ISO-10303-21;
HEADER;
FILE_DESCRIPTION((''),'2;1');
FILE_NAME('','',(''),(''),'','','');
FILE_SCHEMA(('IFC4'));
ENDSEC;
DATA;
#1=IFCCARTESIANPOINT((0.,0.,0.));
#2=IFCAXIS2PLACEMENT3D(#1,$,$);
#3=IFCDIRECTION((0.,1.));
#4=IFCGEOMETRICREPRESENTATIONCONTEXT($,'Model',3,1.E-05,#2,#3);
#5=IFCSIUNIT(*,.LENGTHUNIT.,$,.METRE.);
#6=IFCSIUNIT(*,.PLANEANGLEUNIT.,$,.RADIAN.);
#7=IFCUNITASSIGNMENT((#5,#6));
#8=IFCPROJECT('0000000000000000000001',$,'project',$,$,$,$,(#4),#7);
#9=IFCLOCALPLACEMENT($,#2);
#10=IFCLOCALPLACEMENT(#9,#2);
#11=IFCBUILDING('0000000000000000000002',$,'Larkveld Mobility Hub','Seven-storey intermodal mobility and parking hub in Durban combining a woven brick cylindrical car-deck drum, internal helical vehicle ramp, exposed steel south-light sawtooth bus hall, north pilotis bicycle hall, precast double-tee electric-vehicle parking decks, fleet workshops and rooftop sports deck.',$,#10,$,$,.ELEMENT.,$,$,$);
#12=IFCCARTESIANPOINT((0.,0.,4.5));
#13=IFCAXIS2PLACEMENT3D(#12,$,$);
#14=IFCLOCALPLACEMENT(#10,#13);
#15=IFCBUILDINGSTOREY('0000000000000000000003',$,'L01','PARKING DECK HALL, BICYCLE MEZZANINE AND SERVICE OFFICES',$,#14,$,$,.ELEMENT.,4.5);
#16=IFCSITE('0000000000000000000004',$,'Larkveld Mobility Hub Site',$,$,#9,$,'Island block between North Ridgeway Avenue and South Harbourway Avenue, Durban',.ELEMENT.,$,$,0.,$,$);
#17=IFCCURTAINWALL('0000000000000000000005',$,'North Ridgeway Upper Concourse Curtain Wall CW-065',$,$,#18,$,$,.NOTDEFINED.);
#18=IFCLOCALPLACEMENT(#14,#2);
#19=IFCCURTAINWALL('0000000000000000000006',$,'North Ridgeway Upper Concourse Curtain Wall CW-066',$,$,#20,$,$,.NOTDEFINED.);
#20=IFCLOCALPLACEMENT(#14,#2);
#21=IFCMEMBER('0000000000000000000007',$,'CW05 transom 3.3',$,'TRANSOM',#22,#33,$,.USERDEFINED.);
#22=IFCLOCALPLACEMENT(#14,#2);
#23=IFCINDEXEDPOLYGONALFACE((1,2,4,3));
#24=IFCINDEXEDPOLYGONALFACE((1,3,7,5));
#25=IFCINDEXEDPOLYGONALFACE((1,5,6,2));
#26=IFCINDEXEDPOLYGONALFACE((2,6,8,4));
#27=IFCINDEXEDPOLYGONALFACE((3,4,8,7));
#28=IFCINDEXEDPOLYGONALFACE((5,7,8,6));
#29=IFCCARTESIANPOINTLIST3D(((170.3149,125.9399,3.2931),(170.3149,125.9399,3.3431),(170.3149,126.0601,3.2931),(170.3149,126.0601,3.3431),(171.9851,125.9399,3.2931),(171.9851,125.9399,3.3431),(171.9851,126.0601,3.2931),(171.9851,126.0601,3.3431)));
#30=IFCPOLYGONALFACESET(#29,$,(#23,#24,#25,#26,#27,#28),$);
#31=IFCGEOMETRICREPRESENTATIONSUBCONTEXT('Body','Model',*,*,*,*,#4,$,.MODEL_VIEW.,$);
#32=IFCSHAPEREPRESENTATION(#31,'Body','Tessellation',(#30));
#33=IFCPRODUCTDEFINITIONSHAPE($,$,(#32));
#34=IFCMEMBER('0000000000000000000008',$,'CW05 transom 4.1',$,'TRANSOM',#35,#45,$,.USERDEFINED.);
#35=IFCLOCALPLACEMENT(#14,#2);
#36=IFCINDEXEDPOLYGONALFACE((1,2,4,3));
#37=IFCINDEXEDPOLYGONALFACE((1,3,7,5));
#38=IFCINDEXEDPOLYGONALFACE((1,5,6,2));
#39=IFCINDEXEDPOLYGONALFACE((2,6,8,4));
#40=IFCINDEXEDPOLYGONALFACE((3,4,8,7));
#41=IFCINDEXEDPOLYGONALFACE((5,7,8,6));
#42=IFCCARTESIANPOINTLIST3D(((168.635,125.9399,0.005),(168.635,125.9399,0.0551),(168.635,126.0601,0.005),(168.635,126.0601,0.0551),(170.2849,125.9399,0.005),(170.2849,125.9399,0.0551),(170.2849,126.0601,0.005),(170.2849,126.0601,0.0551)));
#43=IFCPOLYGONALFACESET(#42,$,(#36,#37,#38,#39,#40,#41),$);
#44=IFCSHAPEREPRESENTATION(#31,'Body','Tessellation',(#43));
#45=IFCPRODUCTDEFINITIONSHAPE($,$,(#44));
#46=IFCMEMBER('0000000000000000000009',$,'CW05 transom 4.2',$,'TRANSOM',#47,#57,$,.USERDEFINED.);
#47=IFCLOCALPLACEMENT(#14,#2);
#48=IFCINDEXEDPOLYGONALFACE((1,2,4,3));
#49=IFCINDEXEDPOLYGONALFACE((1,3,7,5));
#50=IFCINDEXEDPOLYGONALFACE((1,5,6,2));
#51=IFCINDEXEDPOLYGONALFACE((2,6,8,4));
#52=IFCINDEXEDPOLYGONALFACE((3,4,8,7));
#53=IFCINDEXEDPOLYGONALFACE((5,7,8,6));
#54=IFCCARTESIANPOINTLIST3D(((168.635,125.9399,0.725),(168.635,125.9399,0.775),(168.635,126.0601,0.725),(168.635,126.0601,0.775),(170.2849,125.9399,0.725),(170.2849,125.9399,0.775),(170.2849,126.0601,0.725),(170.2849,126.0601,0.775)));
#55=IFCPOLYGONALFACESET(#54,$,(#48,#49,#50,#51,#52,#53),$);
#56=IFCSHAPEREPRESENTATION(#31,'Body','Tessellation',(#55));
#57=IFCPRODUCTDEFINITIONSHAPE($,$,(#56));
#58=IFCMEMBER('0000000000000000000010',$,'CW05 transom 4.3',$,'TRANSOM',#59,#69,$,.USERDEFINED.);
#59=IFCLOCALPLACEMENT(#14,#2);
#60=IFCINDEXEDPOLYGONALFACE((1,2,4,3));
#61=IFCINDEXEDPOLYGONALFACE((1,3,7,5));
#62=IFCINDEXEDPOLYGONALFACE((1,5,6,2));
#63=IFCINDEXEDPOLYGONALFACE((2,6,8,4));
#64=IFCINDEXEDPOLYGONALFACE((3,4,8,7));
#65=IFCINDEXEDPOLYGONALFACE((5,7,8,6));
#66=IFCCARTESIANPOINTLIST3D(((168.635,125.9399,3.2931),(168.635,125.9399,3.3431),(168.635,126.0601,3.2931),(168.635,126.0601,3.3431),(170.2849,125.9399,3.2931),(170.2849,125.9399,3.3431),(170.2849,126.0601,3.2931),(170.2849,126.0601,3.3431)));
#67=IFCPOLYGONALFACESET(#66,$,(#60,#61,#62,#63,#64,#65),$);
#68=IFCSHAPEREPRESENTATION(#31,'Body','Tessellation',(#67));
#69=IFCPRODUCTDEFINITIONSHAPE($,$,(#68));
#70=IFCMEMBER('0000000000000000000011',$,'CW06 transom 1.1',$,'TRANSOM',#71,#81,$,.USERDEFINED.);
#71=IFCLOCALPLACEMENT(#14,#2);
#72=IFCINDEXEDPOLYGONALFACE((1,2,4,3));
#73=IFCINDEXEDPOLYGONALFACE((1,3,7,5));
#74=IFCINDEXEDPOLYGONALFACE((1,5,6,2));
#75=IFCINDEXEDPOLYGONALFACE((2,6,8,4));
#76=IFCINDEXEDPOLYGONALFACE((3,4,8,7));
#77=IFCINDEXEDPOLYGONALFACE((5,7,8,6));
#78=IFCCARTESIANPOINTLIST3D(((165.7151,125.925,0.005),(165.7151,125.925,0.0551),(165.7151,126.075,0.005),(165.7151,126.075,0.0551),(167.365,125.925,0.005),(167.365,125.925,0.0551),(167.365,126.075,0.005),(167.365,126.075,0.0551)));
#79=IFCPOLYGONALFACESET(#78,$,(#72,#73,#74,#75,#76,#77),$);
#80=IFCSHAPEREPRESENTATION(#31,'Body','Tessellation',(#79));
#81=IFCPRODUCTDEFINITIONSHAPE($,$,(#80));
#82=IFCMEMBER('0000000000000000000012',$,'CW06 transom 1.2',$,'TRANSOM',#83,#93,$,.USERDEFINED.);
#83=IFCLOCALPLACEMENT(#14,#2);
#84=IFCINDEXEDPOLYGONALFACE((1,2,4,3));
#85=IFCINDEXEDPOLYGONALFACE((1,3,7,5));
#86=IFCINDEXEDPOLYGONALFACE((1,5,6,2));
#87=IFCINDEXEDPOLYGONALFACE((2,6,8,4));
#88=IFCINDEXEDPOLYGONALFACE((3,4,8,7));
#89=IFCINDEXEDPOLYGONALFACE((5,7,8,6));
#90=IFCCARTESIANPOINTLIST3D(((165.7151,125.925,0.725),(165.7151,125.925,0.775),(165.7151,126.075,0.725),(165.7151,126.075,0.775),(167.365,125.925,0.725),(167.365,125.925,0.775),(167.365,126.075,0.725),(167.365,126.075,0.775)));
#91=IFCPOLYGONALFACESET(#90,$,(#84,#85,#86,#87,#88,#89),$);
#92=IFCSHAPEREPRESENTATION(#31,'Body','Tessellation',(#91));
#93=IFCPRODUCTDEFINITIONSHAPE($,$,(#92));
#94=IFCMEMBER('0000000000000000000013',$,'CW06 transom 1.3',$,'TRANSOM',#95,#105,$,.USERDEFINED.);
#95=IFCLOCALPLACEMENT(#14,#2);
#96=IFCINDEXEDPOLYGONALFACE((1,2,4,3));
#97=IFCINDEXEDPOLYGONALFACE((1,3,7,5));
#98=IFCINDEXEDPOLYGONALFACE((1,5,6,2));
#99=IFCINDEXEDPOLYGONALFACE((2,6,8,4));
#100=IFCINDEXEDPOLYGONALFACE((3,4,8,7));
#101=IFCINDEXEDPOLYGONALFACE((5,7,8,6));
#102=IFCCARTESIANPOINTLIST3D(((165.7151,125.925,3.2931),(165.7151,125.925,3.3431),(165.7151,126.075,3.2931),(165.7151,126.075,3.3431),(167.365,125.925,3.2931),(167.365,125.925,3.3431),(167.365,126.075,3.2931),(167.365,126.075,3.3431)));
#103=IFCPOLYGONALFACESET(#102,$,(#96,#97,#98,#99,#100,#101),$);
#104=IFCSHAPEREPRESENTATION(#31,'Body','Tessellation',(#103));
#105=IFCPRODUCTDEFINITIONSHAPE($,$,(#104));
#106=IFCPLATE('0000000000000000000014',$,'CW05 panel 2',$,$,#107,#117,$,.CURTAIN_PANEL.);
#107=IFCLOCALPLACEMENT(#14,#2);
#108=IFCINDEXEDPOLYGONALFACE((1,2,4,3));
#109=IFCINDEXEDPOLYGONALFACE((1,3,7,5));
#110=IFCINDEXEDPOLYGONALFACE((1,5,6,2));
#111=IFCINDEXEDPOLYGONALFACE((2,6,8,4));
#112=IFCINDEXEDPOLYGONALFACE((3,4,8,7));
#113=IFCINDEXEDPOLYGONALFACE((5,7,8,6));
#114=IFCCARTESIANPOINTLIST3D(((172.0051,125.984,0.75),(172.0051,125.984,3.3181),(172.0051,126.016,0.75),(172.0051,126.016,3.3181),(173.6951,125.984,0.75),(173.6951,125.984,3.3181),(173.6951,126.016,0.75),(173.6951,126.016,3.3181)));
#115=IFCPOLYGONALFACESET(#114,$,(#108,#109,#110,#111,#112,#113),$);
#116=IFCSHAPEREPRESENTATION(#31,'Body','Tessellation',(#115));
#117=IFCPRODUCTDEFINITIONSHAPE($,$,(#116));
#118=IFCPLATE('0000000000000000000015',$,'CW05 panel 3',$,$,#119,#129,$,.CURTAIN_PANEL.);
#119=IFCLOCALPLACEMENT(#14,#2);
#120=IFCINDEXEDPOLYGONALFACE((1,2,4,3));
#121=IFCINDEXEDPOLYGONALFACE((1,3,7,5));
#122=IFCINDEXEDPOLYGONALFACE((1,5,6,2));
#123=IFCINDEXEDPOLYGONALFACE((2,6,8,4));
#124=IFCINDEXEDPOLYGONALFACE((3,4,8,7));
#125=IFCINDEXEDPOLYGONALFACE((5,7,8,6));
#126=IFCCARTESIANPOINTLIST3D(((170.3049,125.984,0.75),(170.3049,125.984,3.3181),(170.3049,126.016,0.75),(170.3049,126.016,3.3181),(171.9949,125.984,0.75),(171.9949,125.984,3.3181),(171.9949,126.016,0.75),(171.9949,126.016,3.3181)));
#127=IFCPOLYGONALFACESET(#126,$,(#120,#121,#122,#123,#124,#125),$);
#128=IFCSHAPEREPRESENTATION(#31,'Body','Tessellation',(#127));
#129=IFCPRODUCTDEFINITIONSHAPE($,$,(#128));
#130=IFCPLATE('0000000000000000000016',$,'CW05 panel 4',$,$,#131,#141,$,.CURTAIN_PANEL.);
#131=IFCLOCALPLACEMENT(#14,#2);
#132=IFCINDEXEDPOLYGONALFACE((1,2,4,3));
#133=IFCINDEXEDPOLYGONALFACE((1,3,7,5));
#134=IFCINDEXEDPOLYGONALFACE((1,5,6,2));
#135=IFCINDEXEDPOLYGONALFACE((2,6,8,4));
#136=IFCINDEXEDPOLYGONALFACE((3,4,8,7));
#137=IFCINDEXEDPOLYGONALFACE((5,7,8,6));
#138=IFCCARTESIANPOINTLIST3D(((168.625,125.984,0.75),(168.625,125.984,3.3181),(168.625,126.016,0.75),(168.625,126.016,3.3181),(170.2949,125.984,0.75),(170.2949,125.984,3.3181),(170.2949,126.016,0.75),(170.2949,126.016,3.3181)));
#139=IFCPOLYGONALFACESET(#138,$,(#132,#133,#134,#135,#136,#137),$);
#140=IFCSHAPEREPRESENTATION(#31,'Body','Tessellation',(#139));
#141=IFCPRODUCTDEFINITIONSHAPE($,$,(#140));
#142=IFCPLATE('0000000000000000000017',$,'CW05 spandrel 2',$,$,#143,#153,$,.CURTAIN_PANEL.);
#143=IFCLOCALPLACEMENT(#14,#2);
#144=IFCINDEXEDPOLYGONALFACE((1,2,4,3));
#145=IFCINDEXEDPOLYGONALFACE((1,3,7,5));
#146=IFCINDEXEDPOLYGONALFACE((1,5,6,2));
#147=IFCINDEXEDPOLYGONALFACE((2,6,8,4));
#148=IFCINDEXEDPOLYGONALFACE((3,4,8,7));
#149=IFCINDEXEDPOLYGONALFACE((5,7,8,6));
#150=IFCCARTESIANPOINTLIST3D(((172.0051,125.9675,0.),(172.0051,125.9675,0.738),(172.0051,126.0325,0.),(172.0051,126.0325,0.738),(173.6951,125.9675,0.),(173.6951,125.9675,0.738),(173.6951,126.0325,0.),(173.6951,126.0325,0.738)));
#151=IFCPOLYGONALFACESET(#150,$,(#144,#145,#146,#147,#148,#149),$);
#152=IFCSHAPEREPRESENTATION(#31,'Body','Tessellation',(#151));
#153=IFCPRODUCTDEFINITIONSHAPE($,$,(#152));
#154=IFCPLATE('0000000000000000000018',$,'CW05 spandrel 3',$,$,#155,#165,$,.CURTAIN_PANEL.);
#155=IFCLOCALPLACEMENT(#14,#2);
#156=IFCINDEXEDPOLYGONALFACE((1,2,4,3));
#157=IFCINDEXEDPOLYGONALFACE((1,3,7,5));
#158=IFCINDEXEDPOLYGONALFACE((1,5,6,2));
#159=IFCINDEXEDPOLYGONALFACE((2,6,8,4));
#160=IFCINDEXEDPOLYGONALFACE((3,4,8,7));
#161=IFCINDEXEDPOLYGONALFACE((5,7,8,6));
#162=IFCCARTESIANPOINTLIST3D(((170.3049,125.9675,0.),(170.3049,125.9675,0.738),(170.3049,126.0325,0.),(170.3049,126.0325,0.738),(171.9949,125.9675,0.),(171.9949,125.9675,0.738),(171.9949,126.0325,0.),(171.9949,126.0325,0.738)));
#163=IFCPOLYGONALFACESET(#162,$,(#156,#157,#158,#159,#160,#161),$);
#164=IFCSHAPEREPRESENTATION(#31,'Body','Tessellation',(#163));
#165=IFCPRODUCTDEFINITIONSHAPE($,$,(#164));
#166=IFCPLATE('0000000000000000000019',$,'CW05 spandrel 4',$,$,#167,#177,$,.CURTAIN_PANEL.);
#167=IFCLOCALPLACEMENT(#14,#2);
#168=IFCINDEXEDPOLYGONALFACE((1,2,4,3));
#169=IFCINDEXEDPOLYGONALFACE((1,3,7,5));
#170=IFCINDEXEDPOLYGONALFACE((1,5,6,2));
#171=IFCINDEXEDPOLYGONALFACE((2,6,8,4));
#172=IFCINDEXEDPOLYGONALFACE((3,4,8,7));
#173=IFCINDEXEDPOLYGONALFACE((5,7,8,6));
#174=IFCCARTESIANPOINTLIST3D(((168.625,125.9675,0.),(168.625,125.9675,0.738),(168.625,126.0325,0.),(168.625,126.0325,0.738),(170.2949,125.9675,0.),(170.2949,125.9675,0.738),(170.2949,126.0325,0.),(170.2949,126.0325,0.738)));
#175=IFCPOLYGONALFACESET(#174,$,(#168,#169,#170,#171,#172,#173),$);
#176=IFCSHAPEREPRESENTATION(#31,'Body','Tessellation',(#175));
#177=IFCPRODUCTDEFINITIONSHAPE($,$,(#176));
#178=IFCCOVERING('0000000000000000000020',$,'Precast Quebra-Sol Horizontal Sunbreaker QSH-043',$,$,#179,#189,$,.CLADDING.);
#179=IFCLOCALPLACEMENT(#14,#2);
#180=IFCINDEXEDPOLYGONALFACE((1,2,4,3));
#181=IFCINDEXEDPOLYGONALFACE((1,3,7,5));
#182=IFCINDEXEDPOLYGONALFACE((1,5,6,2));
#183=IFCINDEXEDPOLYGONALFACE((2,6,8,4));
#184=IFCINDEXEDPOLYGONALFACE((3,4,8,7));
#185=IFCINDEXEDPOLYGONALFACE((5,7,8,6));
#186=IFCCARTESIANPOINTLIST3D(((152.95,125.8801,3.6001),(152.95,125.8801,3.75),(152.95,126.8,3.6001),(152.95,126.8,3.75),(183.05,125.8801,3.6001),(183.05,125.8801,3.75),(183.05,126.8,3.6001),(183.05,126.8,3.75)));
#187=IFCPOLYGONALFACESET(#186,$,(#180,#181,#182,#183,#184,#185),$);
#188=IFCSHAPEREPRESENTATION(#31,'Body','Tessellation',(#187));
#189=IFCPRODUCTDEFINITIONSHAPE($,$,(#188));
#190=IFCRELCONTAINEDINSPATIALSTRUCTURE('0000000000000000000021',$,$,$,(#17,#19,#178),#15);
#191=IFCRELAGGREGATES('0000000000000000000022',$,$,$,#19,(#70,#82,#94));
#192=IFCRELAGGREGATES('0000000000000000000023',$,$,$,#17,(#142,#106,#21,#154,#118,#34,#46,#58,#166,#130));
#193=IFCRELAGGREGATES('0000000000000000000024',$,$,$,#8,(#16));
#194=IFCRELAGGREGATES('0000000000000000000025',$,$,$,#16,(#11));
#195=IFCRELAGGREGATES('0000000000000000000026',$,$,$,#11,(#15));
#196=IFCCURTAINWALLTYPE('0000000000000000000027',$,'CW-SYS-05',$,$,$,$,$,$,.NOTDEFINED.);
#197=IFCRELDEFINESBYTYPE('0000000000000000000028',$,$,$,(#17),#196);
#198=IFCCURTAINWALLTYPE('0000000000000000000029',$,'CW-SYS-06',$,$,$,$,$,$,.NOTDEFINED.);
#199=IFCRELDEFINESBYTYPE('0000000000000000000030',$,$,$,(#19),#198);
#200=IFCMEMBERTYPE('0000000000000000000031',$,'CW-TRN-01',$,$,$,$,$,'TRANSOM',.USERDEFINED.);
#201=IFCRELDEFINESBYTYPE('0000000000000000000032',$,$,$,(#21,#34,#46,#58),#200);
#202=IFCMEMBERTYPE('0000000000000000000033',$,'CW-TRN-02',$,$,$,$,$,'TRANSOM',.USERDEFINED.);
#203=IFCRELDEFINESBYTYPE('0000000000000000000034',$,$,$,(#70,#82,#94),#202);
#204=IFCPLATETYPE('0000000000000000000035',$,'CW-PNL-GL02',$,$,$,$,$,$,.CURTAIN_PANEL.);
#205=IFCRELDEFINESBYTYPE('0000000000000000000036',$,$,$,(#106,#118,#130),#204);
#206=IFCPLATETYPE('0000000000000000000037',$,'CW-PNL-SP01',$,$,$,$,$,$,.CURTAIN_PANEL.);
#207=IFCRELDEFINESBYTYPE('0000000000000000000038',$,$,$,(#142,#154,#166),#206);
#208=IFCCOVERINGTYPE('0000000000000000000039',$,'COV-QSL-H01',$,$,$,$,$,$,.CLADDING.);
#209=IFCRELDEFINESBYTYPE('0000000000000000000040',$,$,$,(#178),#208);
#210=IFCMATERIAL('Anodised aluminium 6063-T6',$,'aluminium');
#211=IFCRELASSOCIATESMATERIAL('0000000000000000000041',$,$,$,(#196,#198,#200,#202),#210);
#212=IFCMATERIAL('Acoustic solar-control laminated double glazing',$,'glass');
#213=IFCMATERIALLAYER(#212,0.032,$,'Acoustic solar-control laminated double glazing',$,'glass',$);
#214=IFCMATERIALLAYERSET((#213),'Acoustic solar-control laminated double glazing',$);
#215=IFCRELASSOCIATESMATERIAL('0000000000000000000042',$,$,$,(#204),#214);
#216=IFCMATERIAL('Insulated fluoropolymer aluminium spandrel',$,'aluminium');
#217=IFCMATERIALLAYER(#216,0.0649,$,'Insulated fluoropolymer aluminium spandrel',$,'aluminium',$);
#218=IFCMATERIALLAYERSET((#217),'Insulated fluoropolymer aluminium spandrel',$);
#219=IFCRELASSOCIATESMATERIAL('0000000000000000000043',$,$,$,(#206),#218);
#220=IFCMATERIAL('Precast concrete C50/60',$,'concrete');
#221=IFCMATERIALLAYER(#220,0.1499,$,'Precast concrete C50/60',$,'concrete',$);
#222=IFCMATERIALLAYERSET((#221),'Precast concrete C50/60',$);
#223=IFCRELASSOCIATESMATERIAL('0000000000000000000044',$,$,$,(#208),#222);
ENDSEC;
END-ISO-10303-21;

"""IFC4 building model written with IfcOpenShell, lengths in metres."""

from ifc_helpers import new_model, si_unit, direction, frame, origin, origin_2d, place, context, subcontext, project, spatial, rectangle, extrude, material, layer, layer_set, material_profile, profile_set, type_object, element, aggregate, save


model = new_model("IFC4")

# Units and contexts
model_context = context("Model", 3, precision=1e-05, world=origin(), true_north=direction((0.0, 1.0)))
body_context = subcontext(model_context, "Body", "Model", "MODEL_VIEW")
ifc_project = project(units=[si_unit("LENGTHUNIT", "METRE"), si_unit("PLANEANGLEUNIT", "RADIAN")], contexts=[model_context])

# Site, building, storey
site_placement = place(None, origin())
site = spatial("IfcSite", under=ifc_project, at=site_placement, Name="Larkveld Mobility Hub Site", LongName="Island block between North Ridgeway Avenue and South Harbourway Avenue, Durban", CompositionType="ELEMENT", RefElevation=0.0)
building_placement = place(site_placement, origin())
building = spatial("IfcBuilding", under=site, at=building_placement, Name="Larkveld Mobility Hub", Description="Seven-storey intermodal mobility and parking hub in Durban combining a woven brick cylindrical car-deck drum, internal helical vehicle ramp, exposed steel south-light sawtooth bus hall, north pilotis bicycle hall, precast double-tee electric-vehicle parking decks, fleet workshops and rooftop sports deck.", CompositionType="ELEMENT")
storey_placement = place(building_placement, frame((0.0, 0.0, 4.5)))
storey = spatial("IfcBuildingStorey", under=building, at=storey_placement, Name="L01", Description="PARKING DECK HALL, BICYCLE MEZZANINE AND SERVICE OFFICES", CompositionType="ELEMENT", Elevation=4.5)

# Curtain wall
ifc_material_1 = material(Name="Anodised aluminium 6063-T6", Category="aluminium")
curtain_wall_type_1 = type_object("IfcCurtainWallType", Name="CW-SYS-05", PredefinedType="NOTDEFINED", material=ifc_material_1)
curtain_wall_1_placement = place(storey_placement, origin())
curtain_wall_1 = element("IfcCurtainWall", 1, at=curtain_wall_1_placement, inside=storey, type_object=curtain_wall_type_1, Name="North Ridgeway Upper Concourse Curtain Wall CW-065", PredefinedType="NOTDEFINED")

# Curtain wall
curtain_wall_type_2 = type_object("IfcCurtainWallType", Name="CW-SYS-06", PredefinedType="NOTDEFINED", material=ifc_material_1)
curtain_wall_2_placement = place(storey_placement, origin())
curtain_wall_2 = element("IfcCurtainWall", 2, at=curtain_wall_2_placement, inside=storey, type_object=curtain_wall_type_2, Name="North Ridgeway Upper Concourse Curtain Wall CW-066", PredefinedType="NOTDEFINED")

# Members
ifc_material_profile_1 = material_profile(ifc_material_1, rectangle(XDim=0.1201, YDim=0.05, at=origin_2d()), Name="ALU TRAN 50x120")
ifc_profile_set_1 = profile_set([ifc_material_profile_1], Name="Anodised aluminium 6063-T6")
member_type_1 = type_object("IfcMemberType", Name="CW-TRN-01", ElementType="TRANSOM", PredefinedType="USERDEFINED", material=ifc_profile_set_1)
member_1_placement = place(storey_placement, frame((171.9851, 126.0, 3.3181), z_axis=(-1.0, 0.0, 0.0), x_axis=(0.0, -1.0, 0.0)))
member_1 = element("IfcMember", 3, at=member_1_placement, type_object=member_type_1, Name="CW05 transom 3.3", ObjectType="TRANSOM", PredefinedType="USERDEFINED", context=body_context, shape_type="SweptSolid", body=[
    extrude(rectangle(XDim=0.1201, YDim=0.05, at=origin_2d()), origin(), (0.0, 0.0, 1.0), 1.6702),
])
member_2_placement = place(storey_placement, frame((170.2849, 126.0, 0.03), z_axis=(-1.0, 0.0, 0.0), x_axis=(0.0, -1.0, 0.0)))
member_2 = element("IfcMember", 4, at=member_2_placement, type_object=member_type_1, Name="CW05 transom 4.1", ObjectType="TRANSOM", PredefinedType="USERDEFINED", context=body_context, shape_type="SweptSolid", body=[
    extrude(rectangle(XDim=0.1201, YDim=0.05, at=origin_2d()), origin(), (0.0, 0.0, 1.0), 1.6499),
])
member_3_placement = place(storey_placement, frame((170.2849, 126.0, 0.75), z_axis=(-1.0, 0.0, 0.0), x_axis=(0.0, -1.0, 0.0)))
member_3 = element("IfcMember", 5, at=member_3_placement, type_object=member_type_1, Name="CW05 transom 4.2", ObjectType="TRANSOM", PredefinedType="USERDEFINED", context=body_context, shape_type="SweptSolid", body=[
    extrude(rectangle(XDim=0.1201, YDim=0.05, at=origin_2d()), origin(), (0.0, 0.0, 1.0), 1.6499),
])
member_4_placement = place(storey_placement, frame((170.2849, 126.0, 3.3181), z_axis=(-1.0, 0.0, 0.0), x_axis=(0.0, -1.0, 0.0)))
member_4 = element("IfcMember", 6, at=member_4_placement, type_object=member_type_1, Name="CW05 transom 4.3", ObjectType="TRANSOM", PredefinedType="USERDEFINED", context=body_context, shape_type="SweptSolid", body=[
    extrude(rectangle(XDim=0.1201, YDim=0.05, at=origin_2d()), origin(), (0.0, 0.0, 1.0), 1.6499),
])
ifc_material_profile_2 = material_profile(ifc_material_1, rectangle(XDim=0.1499, YDim=0.05, at=origin_2d()), Name="ALU TRAN 50x150")
ifc_profile_set_2 = profile_set([ifc_material_profile_2], Name="Anodised aluminium 6063-T6")
member_type_2 = type_object("IfcMemberType", Name="CW-TRN-02", ElementType="TRANSOM", PredefinedType="USERDEFINED", material=ifc_profile_set_2)
member_5_placement = place(storey_placement, frame((167.365, 126.0, 0.03), z_axis=(-1.0, 0.0, 0.0), x_axis=(0.0, -1.0, 0.0)))
member_5 = element("IfcMember", 7, at=member_5_placement, type_object=member_type_2, Name="CW06 transom 1.1", ObjectType="TRANSOM", PredefinedType="USERDEFINED", context=body_context, shape_type="SweptSolid", body=[
    extrude(rectangle(XDim=0.1499, YDim=0.05, at=origin_2d()), origin(), (0.0, 0.0, 1.0), 1.6499),
])
member_6_placement = place(storey_placement, frame((167.365, 126.0, 0.75), z_axis=(-1.0, 0.0, 0.0), x_axis=(0.0, -1.0, 0.0)))
member_6 = element("IfcMember", 8, at=member_6_placement, type_object=member_type_2, Name="CW06 transom 1.2", ObjectType="TRANSOM", PredefinedType="USERDEFINED", context=body_context, shape_type="SweptSolid", body=[
    extrude(rectangle(XDim=0.1499, YDim=0.05, at=origin_2d()), origin(), (0.0, 0.0, 1.0), 1.6499),
])
member_7_placement = place(storey_placement, frame((167.365, 126.0, 3.3181), z_axis=(-1.0, 0.0, 0.0), x_axis=(0.0, -1.0, 0.0)))
member_7 = element("IfcMember", 9, at=member_7_placement, type_object=member_type_2, Name="CW06 transom 1.3", ObjectType="TRANSOM", PredefinedType="USERDEFINED", context=body_context, shape_type="SweptSolid", body=[
    extrude(rectangle(XDim=0.1499, YDim=0.05, at=origin_2d()), origin(), (0.0, 0.0, 1.0), 1.6499),
])
aggregate(curtain_wall_2, [member_5, member_6, member_7])

# Plates
ifc_material_2 = material(Name="Acoustic solar-control laminated double glazing", Category="glass")
ifc_layer_1 = layer(ifc_material_2, 0.032, Name="Acoustic solar-control laminated double glazing", Category="glass")
ifc_layer_set_1 = layer_set([ifc_layer_1], Name="Acoustic solar-control laminated double glazing")
plate_type_1 = type_object("IfcPlateType", Name="CW-PNL-GL02", PredefinedType="CURTAIN_PANEL", material=ifc_layer_set_1)
plate_1_placement = place(storey_placement, frame((172.8501, 126.0, 0.75), z_axis=(0.0, 0.0, 1.0), x_axis=(-1.0, 0.0, 0.0)))
plate_1 = element("IfcPlate", 10, at=plate_1_placement, type_object=plate_type_1, Name="CW05 panel 2", PredefinedType="CURTAIN_PANEL", context=body_context, shape_type="SweptSolid", body=[
    extrude(rectangle(XDim=1.6899, YDim=0.032, at=origin_2d()), origin(), (0.0, 0.0, 1.0), 2.5681),
])
plate_2_placement = place(storey_placement, frame((171.1499, 126.0, 0.75), z_axis=(0.0, 0.0, 1.0), x_axis=(-1.0, 0.0, 0.0)))
plate_2 = element("IfcPlate", 11, at=plate_2_placement, type_object=plate_type_1, Name="CW05 panel 3", PredefinedType="CURTAIN_PANEL", context=body_context, shape_type="SweptSolid", body=[
    extrude(rectangle(XDim=1.6899, YDim=0.032, at=origin_2d()), origin(), (0.0, 0.0, 1.0), 2.5681),
])
plate_3_placement = place(storey_placement, frame((169.46, 126.0, 0.75), z_axis=(0.0, 0.0, 1.0), x_axis=(-1.0, 0.0, 0.0)))
plate_3 = element("IfcPlate", 12, at=plate_3_placement, type_object=plate_type_1, Name="CW05 panel 4", PredefinedType="CURTAIN_PANEL", context=body_context, shape_type="SweptSolid", body=[
    extrude(rectangle(XDim=1.6699, YDim=0.032, at=origin_2d()), origin(), (0.0, 0.0, 1.0), 2.5681),
])
ifc_material_3 = material(Name="Insulated fluoropolymer aluminium spandrel", Category="aluminium")
ifc_layer_2 = layer(ifc_material_3, 0.0649, Name="Insulated fluoropolymer aluminium spandrel", Category="aluminium")
ifc_layer_set_2 = layer_set([ifc_layer_2], Name="Insulated fluoropolymer aluminium spandrel")
plate_type_2 = type_object("IfcPlateType", Name="CW-PNL-SP01", PredefinedType="CURTAIN_PANEL", material=ifc_layer_set_2)
plate_4_placement = place(storey_placement, frame((172.8501, 126.0, 0.0), z_axis=(0.0, 0.0, 1.0), x_axis=(-1.0, 0.0, 0.0)))
plate_4 = element("IfcPlate", 13, at=plate_4_placement, type_object=plate_type_2, Name="CW05 spandrel 2", PredefinedType="CURTAIN_PANEL", context=body_context, shape_type="SweptSolid", body=[
    extrude(rectangle(XDim=1.6899, YDim=0.0649, at=origin_2d()), origin(), (0.0, 0.0, 1.0), 0.738),
])
plate_5_placement = place(storey_placement, frame((171.1499, 126.0, 0.0), z_axis=(0.0, 0.0, 1.0), x_axis=(-1.0, 0.0, 0.0)))
plate_5 = element("IfcPlate", 14, at=plate_5_placement, type_object=plate_type_2, Name="CW05 spandrel 3", PredefinedType="CURTAIN_PANEL", context=body_context, shape_type="SweptSolid", body=[
    extrude(rectangle(XDim=1.6899, YDim=0.0649, at=origin_2d()), origin(), (0.0, 0.0, 1.0), 0.738),
])
plate_6_placement = place(storey_placement, frame((169.46, 126.0, 0.0), z_axis=(0.0, 0.0, 1.0), x_axis=(-1.0, 0.0, 0.0)))
plate_6 = element("IfcPlate", 15, at=plate_6_placement, type_object=plate_type_2, Name="CW05 spandrel 4", PredefinedType="CURTAIN_PANEL", context=body_context, shape_type="SweptSolid", body=[
    extrude(rectangle(XDim=1.6699, YDim=0.0649, at=origin_2d()), origin(), (0.0, 0.0, 1.0), 0.738),
])
aggregate(curtain_wall_1, [plate_4, plate_1, member_1, plate_5, plate_2, member_2, member_3, member_4, plate_6, plate_3])

# Covering
ifc_material_4 = material(Name="Precast concrete C50/60", Category="concrete")
ifc_layer_3 = layer(ifc_material_4, 0.1499, Name="Precast concrete C50/60", Category="concrete")
ifc_layer_set_3 = layer_set([ifc_layer_3], Name="Precast concrete C50/60")
covering_type_1 = type_object("IfcCoveringType", Name="COV-QSL-H01", PredefinedType="CLADDING", material=ifc_layer_set_3)
covering_placement = place(storey_placement, frame((168.0, 126.3401, 3.6001), z_axis=(0.0, 0.0, 1.0), x_axis=(-1.0, 0.0, 0.0)))
element("IfcCovering", 16, at=covering_placement, inside=storey, type_object=covering_type_1, Name="Precast Quebra-Sol Horizontal Sunbreaker QSH-043", PredefinedType="CLADDING", context=body_context, shape_type="SweptSolid", body=[
    extrude(rectangle(XDim=30.1001, YDim=0.9199, at=origin_2d()), origin(), (0.0, 0.0, 1.0), 0.1499),
])

save(model, "model.ifc")
